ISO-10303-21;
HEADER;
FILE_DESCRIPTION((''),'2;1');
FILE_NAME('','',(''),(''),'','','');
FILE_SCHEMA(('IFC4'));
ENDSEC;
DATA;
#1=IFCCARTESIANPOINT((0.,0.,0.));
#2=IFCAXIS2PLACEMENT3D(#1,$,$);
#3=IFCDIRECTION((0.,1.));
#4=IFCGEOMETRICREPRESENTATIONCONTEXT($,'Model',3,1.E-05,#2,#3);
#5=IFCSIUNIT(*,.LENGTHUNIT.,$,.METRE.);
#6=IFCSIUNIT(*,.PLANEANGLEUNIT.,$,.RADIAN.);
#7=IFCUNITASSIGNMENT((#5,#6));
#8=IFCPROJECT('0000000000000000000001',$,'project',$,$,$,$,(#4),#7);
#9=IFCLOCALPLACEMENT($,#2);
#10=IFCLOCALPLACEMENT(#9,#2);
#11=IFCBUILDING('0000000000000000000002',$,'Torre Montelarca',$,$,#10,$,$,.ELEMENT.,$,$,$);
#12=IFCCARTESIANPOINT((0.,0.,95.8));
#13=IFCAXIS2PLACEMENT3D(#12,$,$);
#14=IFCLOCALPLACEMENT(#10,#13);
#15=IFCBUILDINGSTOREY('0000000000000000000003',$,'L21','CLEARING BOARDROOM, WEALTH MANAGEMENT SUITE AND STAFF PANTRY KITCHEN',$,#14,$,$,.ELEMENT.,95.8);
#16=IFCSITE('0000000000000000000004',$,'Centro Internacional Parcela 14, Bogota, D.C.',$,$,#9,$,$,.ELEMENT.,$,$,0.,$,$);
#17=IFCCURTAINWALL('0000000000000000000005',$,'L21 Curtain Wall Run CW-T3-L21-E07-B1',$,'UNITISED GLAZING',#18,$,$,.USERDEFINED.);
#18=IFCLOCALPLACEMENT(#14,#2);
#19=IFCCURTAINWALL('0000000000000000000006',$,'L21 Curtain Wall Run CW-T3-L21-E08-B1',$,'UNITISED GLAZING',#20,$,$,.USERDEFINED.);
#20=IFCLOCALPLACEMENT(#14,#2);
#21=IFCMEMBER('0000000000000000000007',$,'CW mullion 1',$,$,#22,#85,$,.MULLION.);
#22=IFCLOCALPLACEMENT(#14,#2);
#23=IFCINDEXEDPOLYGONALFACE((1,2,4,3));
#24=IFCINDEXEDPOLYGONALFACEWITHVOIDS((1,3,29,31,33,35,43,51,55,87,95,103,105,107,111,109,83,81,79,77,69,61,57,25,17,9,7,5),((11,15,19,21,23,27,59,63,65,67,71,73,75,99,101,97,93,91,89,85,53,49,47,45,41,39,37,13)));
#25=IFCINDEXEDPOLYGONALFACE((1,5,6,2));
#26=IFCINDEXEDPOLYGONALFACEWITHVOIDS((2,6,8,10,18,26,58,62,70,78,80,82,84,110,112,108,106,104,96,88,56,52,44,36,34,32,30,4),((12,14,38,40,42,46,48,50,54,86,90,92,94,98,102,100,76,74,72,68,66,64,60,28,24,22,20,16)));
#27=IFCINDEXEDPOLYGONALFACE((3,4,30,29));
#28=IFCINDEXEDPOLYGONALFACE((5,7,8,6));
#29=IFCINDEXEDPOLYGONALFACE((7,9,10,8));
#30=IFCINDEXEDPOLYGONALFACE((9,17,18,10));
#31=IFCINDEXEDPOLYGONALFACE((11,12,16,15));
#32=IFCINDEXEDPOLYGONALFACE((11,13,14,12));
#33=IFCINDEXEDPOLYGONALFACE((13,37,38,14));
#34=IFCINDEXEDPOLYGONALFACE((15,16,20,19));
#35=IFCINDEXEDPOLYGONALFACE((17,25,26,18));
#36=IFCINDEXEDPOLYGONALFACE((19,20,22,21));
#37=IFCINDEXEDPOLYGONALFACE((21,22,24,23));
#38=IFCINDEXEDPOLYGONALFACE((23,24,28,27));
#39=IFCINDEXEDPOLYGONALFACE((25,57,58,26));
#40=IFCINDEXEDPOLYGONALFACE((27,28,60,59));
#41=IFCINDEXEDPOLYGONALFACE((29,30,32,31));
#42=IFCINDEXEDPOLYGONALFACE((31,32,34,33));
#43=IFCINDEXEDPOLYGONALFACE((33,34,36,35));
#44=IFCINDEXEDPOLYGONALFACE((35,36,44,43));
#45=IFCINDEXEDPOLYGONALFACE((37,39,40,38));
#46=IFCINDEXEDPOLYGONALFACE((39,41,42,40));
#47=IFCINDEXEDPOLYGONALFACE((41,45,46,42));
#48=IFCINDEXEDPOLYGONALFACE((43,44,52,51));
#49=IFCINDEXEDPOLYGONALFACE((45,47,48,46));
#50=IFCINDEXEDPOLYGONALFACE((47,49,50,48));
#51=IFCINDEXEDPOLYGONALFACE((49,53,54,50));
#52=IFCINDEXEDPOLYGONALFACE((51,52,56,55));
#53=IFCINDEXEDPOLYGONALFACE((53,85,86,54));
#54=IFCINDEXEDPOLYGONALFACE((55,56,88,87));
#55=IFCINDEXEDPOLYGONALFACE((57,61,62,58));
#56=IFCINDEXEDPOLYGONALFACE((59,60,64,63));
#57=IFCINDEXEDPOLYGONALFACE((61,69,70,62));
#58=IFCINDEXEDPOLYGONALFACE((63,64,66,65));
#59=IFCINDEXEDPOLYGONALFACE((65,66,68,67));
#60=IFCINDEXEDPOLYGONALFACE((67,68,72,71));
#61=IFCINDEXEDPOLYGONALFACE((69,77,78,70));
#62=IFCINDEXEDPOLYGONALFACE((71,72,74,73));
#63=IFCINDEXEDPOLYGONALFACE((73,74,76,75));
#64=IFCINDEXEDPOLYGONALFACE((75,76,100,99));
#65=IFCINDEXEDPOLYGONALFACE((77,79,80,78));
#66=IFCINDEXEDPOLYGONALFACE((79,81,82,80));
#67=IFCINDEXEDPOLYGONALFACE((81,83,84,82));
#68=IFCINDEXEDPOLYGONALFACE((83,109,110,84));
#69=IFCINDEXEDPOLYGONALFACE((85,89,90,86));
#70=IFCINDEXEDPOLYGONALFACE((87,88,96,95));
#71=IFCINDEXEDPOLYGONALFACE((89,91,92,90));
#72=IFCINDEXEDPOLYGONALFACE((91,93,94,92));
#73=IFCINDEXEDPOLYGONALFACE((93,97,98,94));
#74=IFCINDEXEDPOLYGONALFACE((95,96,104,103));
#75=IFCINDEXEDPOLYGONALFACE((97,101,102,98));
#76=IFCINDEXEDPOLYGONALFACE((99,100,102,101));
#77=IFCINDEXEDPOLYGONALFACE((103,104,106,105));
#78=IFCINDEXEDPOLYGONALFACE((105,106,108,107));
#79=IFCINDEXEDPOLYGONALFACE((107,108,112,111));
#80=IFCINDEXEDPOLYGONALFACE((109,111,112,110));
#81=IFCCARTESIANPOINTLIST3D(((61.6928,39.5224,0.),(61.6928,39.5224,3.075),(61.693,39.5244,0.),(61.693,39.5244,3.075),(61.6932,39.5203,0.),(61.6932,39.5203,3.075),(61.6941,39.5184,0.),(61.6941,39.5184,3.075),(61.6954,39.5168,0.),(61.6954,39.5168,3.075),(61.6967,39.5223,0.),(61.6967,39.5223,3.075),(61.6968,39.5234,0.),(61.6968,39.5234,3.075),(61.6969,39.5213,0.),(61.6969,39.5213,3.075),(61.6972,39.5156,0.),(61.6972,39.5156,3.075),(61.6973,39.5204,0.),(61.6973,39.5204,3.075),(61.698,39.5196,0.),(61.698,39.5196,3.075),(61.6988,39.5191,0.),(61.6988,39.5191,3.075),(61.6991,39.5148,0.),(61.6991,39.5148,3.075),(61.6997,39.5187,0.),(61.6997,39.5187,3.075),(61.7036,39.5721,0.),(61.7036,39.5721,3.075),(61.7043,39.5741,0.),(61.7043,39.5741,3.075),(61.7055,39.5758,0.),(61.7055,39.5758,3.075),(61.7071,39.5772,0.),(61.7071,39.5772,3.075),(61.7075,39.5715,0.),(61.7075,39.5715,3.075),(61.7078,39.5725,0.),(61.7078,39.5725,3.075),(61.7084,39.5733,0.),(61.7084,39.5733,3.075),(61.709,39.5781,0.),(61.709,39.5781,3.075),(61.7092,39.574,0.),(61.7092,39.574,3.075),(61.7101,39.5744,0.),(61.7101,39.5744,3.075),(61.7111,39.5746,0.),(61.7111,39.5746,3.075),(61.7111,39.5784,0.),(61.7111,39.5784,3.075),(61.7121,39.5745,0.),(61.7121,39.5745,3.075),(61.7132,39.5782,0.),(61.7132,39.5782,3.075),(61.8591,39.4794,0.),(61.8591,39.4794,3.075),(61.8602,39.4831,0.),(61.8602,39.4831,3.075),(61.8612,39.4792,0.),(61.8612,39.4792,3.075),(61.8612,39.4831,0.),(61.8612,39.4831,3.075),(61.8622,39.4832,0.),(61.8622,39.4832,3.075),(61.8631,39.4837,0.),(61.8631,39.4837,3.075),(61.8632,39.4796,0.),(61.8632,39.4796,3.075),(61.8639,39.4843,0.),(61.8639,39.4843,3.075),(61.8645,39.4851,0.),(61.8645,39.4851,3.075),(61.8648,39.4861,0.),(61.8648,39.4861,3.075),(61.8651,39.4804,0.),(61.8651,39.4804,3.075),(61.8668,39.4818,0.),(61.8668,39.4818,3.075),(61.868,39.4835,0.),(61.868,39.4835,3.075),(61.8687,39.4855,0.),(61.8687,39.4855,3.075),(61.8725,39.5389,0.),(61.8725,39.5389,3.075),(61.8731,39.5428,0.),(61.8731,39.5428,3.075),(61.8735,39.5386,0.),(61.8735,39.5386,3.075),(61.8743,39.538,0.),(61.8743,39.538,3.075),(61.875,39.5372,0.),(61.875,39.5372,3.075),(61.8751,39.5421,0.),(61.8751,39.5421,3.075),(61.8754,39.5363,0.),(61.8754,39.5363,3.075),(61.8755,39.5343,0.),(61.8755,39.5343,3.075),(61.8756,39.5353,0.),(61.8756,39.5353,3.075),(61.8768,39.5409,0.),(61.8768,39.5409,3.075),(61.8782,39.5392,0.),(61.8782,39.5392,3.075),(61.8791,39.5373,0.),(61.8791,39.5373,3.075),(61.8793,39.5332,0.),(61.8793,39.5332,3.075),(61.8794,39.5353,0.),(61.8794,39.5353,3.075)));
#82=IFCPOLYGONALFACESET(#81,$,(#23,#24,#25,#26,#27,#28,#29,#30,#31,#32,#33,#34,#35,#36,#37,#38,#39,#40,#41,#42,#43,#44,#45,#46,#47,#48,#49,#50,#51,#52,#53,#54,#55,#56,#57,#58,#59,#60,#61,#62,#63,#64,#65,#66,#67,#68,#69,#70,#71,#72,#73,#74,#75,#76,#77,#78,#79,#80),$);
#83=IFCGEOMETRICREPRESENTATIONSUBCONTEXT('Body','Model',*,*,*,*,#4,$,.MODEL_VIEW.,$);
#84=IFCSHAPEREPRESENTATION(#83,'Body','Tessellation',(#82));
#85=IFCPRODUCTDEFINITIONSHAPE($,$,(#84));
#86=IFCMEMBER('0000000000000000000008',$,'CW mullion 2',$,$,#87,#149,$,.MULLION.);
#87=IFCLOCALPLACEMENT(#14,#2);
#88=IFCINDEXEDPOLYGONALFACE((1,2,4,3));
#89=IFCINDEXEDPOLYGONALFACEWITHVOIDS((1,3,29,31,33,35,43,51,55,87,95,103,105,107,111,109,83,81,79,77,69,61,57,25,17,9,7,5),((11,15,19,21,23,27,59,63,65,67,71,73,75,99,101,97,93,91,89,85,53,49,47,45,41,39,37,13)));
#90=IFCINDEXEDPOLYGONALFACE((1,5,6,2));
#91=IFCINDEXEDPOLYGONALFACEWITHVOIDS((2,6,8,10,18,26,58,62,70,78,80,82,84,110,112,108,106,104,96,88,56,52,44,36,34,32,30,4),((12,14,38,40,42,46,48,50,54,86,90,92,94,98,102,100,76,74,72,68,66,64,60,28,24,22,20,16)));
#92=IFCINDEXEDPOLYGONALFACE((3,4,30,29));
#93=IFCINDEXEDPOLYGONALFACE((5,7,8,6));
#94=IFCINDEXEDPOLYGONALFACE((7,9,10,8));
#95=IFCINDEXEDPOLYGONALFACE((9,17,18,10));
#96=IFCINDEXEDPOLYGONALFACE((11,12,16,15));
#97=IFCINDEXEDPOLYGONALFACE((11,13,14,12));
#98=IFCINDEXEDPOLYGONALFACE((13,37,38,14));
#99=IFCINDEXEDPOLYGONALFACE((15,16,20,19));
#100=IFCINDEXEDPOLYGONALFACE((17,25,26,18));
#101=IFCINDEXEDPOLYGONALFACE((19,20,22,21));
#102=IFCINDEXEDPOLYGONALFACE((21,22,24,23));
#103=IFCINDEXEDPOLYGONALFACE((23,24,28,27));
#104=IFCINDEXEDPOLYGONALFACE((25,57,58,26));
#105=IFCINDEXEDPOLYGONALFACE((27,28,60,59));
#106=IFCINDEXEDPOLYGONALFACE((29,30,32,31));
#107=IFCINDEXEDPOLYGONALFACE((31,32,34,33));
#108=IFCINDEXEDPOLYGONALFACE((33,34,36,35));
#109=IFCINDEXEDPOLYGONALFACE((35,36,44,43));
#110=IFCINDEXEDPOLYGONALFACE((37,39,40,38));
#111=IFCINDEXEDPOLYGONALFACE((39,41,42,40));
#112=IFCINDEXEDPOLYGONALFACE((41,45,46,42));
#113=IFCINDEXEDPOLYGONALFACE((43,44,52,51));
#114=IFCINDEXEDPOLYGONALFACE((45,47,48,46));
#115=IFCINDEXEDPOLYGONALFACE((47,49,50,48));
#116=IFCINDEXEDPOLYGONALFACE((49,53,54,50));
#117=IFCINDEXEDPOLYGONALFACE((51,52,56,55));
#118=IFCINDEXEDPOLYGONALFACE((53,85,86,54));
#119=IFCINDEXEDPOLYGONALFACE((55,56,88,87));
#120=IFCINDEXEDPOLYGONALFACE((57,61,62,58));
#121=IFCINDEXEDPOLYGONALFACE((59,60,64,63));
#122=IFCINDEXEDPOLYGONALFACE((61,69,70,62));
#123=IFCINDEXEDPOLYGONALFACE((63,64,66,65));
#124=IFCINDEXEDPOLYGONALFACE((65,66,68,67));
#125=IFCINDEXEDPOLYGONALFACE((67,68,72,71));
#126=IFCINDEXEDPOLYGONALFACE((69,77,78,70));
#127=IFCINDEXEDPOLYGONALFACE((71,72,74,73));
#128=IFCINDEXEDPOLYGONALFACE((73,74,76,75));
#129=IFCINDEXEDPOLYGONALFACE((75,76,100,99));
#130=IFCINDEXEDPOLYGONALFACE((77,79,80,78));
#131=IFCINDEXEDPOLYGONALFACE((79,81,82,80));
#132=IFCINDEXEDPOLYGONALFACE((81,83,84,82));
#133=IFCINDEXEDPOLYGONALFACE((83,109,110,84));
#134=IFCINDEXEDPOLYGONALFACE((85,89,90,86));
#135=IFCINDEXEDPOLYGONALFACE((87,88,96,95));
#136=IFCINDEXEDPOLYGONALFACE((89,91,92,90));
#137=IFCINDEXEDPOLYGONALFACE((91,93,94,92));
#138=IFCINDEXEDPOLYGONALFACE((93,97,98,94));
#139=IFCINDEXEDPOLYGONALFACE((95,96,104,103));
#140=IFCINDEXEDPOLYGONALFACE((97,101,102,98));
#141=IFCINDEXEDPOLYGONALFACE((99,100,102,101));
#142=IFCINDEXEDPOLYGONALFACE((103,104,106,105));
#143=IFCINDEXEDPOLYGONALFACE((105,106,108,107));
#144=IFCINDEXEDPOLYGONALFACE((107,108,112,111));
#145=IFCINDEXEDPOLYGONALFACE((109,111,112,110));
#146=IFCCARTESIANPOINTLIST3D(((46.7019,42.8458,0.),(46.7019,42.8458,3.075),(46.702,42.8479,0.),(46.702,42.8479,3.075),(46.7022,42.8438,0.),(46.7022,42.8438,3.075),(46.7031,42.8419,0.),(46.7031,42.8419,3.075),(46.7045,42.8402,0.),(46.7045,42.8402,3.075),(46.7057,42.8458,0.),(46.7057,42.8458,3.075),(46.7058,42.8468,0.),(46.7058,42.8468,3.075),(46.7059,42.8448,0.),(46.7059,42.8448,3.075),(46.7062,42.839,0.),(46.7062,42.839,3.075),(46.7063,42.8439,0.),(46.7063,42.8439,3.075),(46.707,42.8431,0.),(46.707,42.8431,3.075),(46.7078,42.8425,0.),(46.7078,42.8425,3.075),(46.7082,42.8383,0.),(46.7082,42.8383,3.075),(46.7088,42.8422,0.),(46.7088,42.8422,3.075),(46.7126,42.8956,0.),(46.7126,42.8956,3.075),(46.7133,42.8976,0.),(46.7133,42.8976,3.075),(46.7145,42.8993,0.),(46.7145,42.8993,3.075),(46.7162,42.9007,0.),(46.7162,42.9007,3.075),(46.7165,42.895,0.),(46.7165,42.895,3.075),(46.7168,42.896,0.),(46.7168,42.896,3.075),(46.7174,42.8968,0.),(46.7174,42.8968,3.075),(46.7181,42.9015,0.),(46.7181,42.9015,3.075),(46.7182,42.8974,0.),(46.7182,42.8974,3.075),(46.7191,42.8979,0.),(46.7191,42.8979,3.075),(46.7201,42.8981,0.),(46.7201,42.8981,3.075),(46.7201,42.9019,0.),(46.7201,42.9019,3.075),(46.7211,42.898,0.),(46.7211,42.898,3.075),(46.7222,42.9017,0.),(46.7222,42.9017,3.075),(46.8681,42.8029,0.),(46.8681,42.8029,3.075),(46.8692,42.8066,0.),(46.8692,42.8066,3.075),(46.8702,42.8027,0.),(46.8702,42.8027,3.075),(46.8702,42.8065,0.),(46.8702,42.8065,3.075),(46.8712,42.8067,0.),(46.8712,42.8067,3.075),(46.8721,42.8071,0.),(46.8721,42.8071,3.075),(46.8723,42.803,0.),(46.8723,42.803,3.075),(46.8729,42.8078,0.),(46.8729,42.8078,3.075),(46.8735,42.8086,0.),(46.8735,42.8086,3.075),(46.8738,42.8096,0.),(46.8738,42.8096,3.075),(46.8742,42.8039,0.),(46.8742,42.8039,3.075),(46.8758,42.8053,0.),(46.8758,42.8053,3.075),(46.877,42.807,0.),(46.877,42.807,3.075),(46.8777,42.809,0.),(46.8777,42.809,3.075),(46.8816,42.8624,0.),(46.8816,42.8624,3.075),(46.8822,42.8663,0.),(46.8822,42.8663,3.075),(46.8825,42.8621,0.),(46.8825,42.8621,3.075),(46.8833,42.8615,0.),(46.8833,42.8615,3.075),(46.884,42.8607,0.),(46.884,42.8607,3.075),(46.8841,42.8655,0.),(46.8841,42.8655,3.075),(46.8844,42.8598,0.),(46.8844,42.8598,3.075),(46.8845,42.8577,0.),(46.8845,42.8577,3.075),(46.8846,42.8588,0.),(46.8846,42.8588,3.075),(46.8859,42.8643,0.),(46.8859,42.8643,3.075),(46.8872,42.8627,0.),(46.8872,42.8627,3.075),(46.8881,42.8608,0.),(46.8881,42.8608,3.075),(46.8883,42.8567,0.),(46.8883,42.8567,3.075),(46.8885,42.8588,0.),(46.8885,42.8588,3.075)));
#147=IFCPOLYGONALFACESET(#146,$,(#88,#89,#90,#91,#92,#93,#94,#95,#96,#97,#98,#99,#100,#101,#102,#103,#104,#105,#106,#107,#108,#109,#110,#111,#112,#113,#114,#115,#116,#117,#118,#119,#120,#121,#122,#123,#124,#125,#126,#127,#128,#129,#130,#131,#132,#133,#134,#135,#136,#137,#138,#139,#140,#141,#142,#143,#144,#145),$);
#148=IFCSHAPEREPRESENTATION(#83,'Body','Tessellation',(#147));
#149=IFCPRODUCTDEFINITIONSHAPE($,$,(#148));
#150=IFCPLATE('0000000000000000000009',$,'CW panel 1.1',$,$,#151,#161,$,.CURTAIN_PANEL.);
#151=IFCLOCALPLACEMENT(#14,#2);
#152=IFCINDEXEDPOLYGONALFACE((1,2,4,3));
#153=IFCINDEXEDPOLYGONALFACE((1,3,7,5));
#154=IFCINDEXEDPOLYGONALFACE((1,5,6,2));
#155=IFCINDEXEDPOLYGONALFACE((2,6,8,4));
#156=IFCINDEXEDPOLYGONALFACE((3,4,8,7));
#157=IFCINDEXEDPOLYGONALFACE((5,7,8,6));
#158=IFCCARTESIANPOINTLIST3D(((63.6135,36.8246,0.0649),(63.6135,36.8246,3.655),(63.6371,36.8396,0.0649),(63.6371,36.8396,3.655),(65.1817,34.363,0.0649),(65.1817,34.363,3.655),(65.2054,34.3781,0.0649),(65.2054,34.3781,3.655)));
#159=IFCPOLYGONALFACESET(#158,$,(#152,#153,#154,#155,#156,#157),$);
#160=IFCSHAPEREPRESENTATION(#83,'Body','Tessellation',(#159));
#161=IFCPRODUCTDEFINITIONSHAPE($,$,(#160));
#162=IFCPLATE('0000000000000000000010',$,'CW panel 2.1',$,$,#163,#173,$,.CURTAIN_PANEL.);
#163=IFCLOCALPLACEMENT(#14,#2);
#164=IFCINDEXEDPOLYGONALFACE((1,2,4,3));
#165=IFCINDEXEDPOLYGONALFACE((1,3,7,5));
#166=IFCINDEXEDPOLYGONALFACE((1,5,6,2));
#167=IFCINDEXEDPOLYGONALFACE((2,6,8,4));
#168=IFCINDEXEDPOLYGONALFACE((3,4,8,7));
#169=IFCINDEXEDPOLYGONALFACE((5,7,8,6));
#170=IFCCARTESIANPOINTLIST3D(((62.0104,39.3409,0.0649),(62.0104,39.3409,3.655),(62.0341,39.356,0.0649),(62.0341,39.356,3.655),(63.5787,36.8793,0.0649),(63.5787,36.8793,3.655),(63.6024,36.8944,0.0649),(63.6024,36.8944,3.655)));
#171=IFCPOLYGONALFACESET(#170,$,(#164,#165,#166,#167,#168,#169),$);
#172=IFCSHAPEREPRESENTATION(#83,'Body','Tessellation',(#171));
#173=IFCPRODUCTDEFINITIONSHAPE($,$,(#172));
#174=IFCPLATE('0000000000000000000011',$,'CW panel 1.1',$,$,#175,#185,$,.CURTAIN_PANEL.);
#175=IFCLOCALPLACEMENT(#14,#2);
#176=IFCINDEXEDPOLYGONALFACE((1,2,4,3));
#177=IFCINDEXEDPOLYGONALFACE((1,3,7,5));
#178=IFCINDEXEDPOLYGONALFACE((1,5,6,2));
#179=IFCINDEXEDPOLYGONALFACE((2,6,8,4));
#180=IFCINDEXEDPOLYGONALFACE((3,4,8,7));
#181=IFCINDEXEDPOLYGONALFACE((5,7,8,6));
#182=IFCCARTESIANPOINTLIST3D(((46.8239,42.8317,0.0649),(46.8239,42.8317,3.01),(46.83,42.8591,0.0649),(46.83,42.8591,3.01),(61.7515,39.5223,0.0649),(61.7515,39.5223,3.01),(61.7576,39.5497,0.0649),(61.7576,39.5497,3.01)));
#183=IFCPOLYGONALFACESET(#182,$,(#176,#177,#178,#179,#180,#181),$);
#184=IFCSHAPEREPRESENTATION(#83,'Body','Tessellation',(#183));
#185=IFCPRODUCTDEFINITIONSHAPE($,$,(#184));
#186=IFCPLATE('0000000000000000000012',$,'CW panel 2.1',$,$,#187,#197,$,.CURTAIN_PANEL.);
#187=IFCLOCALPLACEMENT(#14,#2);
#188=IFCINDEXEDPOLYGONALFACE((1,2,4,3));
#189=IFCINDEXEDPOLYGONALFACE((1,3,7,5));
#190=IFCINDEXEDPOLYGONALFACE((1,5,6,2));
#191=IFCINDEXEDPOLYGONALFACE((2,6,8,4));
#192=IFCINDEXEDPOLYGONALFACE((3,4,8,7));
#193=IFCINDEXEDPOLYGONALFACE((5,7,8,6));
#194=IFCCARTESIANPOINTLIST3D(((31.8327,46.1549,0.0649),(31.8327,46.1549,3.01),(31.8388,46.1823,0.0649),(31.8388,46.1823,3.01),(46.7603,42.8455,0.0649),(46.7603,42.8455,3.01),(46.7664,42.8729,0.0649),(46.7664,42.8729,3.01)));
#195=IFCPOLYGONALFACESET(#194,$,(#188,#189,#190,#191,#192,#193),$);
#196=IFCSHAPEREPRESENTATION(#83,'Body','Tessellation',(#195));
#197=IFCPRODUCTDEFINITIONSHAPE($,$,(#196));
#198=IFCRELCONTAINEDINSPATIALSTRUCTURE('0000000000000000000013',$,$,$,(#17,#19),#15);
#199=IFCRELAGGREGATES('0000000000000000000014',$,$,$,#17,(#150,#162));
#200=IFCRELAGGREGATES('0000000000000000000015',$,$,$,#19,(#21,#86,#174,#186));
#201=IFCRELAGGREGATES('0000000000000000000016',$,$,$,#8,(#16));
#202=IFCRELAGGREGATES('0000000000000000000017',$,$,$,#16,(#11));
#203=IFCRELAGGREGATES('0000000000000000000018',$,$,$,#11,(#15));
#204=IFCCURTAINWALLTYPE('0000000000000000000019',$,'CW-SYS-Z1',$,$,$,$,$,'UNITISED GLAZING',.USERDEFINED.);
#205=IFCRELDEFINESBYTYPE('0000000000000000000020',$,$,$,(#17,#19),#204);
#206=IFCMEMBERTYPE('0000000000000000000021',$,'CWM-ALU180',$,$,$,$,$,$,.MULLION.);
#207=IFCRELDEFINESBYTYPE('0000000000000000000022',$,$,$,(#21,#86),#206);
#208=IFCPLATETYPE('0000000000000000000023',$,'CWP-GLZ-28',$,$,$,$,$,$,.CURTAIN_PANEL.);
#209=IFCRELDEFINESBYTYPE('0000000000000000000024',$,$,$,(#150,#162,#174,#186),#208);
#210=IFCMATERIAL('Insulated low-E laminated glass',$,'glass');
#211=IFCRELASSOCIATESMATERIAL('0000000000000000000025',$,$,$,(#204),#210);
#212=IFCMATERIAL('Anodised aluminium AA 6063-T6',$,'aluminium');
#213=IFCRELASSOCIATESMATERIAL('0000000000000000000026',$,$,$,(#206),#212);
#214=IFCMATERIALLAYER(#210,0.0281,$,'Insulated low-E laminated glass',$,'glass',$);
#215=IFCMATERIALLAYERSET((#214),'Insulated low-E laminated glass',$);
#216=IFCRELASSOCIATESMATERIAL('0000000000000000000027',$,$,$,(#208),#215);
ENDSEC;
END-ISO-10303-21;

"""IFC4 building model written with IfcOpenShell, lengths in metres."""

from ifc_helpers import new_model, si_unit, direction, frame, origin, origin_2d, place, context, subcontext, project, spatial, rectangle, hollow_rectangle, extrude, source, transform, mapped, material, layer, layer_set, material_profile, profile_set, type_object, element, aggregate, save


model = new_model("IFC4")

# Units and contexts
model_context = context("Model", 3, precision=1e-05, world=origin(), true_north=direction((0.0, 1.0)))
body_context = subcontext(model_context, "Body", "Model", "MODEL_VIEW")
ifc_project = project(units=[si_unit("LENGTHUNIT", "METRE"), si_unit("PLANEANGLEUNIT", "RADIAN")], contexts=[model_context])

# Site, building, storey
site_placement = place(None, origin())
site = spatial("IfcSite", under=ifc_project, at=site_placement, Name="Centro Internacional Parcela 14, Bogota, D.C.", CompositionType="ELEMENT", RefElevation=0.0)
building_placement = place(site_placement, origin())
building = spatial("IfcBuilding", under=site, at=building_placement, Name="Torre Montelarca", CompositionType="ELEMENT")
storey_placement = place(building_placement, frame((0.0, 0.0, 95.8)))
storey = spatial("IfcBuildingStorey", under=building, at=storey_placement, Name="L21", Description="CLEARING BOARDROOM, WEALTH MANAGEMENT SUITE AND STAFF PANTRY KITCHEN", CompositionType="ELEMENT", Elevation=95.8)

# Curtain wall
ifc_material_1 = material(Name="Insulated low-E laminated glass", Category="glass")
curtain_wall_type = type_object("IfcCurtainWallType", Name="CW-SYS-Z1", ElementType="UNITISED GLAZING", PredefinedType="USERDEFINED", material=ifc_material_1)
curtain_wall_1_placement = place(storey_placement, origin())
curtain_wall_1 = element("IfcCurtainWall", 1, at=curtain_wall_1_placement, inside=storey, type_object=curtain_wall_type, Name="L21 Curtain Wall Run CW-T3-L21-E07-B1", ObjectType="UNITISED GLAZING", PredefinedType="USERDEFINED")
ifc_material_2 = material(Name="Anodised aluminium AA 6063-T6", Category="aluminium")

# Curtain wall
curtain_wall_2_placement = place(storey_placement, origin())
curtain_wall_2 = element("IfcCurtainWall", 2, at=curtain_wall_2_placement, inside=storey, type_object=curtain_wall_type, Name="L21 Curtain Wall Run CW-T3-L21-E08-B1", ObjectType="UNITISED GLAZING", PredefinedType="USERDEFINED")

# Members
ifc_material_profile_1 = material_profile(ifc_material_2, hollow_rectangle(XDim=0.0649, YDim=0.1799, WallThickness=0.0039, InnerFilletRadius=0.0039, OuterFilletRadius=0.0081, at=origin_2d()), Name="ALU65X180X4", Category="aluminium")
ifc_profile_set_1 = profile_set([ifc_material_profile_1], Name="Anodised aluminium AA 6063-T6")
member_type_1 = type_object("IfcMemberType", Name="CWM-ALU180", PredefinedType="MULLION", material=ifc_profile_set_1)
shared_shape_1 = source(origin(), body_context, "Body", "SweptSolid", [
    extrude(hollow_rectangle(XDim=0.0649, YDim=0.1799, WallThickness=0.0039, InnerFilletRadius=0.0039, OuterFilletRadius=0.0081, at=origin_2d()), origin(), (0.0, 0.0, 1.0), 3.075),
])
member_1_placement = place(storey_placement, frame((61.7861, 39.5288, 0.0), z_axis=(0.0, 0.0, 1.0), x_axis=(-0.216442, -0.976296, 0.0)))
member_1 = element("IfcMember", 3, at=member_1_placement, type_object=member_type_1, Name="CW mullion 1", PredefinedType="MULLION", context=body_context, shape_type="MappedRepresentation", body=[
    mapped(shared_shape_1, transform((0.0, 0.0, 0.0), scale=1.0)),
])
member_2_placement = place(storey_placement, frame((46.7952, 42.8523, 0.0), z_axis=(0.0, 0.0, 1.0), x_axis=(-0.216442, -0.976296, 0.0)))
member_2 = element("IfcMember", 4, at=member_2_placement, type_object=member_type_1, Name="CW mullion 2", PredefinedType="MULLION", context=body_context, shape_type="MappedRepresentation", body=[
    mapped(shared_shape_1, transform((0.0, 0.0, 0.0), scale=1.0)),
])

# Plates
ifc_layer_1 = layer(ifc_material_1, 0.0281, Name="Insulated low-E laminated glass", Category="glass")
ifc_layer_set_1 = layer_set([ifc_layer_1], Name="Insulated low-E laminated glass")
plate_type = type_object("IfcPlateType", Name="CWP-GLZ-28", PredefinedType="CURTAIN_PANEL", material=ifc_layer_set_1)
shared_shape_2 = source(origin(), body_context, "Body", "SweptSolid", [
    extrude(rectangle(XDim=2.9187, YDim=0.0281, at=origin_2d()), origin(), (0.0, 0.0, 1.0), 3.5901),
])
plate_1_placement = place(storey_placement, frame((64.4094, 35.6013, 0.0649), z_axis=(0.0, 0.0, 1.0), x_axis=(-0.537316, 0.843381, 0.0)))
plate_1 = element("IfcPlate", 5, at=plate_1_placement, type_object=plate_type, Name="CW panel 1.1", PredefinedType="CURTAIN_PANEL", context=body_context, shape_type="MappedRepresentation", body=[
    mapped(shared_shape_2, transform((0.0, 0.0, 0.0), scale=1.0)),
])
plate_2_placement = place(storey_placement, frame((62.8064, 38.1177, 0.0649), z_axis=(0.0, 0.0, 1.0), x_axis=(-0.537316, 0.843381, 0.0)))
plate_2 = element("IfcPlate", 6, at=plate_2_placement, type_object=plate_type, Name="CW panel 2.1", PredefinedType="CURTAIN_PANEL", context=body_context, shape_type="MappedRepresentation", body=[
    mapped(shared_shape_2, transform((0.0, 0.0, 0.0), scale=1.0)),
])
aggregate(curtain_wall_1, [plate_1, plate_2])
shared_shape_3 = source(origin(), body_context, "Body", "SweptSolid", [
    extrude(rectangle(XDim=15.29, YDim=0.0281, at=origin_2d()), origin(), (0.0, 0.0, 1.0), 2.9451),
])
plate_3_placement = place(storey_placement, frame((54.2908, 41.1907, 0.0649), z_axis=(0.0, 0.0, 1.0), x_axis=(-0.976296, 0.216442, 0.0)))
plate_3 = element("IfcPlate", 7, at=plate_3_placement, type_object=plate_type, Name="CW panel 1.1", PredefinedType="CURTAIN_PANEL", context=body_context, shape_type="MappedRepresentation", body=[
    mapped(shared_shape_3, transform((0.0, 0.0, 0.0), scale=1.0)),
])
plate_4_placement = place(storey_placement, frame((39.2996, 44.5139, 0.0649), z_axis=(0.0, 0.0, 1.0), x_axis=(-0.976296, 0.216442, 0.0)))
plate_4 = element("IfcPlate", 8, at=plate_4_placement, type_object=plate_type, Name="CW panel 2.1", PredefinedType="CURTAIN_PANEL", context=body_context, shape_type="MappedRepresentation", body=[
    mapped(shared_shape_3, transform((0.0, 0.0, 0.0), scale=1.0)),
])
aggregate(curtain_wall_2, [member_1, member_2, plate_3, plate_4])

save(model, "model.ifc")
